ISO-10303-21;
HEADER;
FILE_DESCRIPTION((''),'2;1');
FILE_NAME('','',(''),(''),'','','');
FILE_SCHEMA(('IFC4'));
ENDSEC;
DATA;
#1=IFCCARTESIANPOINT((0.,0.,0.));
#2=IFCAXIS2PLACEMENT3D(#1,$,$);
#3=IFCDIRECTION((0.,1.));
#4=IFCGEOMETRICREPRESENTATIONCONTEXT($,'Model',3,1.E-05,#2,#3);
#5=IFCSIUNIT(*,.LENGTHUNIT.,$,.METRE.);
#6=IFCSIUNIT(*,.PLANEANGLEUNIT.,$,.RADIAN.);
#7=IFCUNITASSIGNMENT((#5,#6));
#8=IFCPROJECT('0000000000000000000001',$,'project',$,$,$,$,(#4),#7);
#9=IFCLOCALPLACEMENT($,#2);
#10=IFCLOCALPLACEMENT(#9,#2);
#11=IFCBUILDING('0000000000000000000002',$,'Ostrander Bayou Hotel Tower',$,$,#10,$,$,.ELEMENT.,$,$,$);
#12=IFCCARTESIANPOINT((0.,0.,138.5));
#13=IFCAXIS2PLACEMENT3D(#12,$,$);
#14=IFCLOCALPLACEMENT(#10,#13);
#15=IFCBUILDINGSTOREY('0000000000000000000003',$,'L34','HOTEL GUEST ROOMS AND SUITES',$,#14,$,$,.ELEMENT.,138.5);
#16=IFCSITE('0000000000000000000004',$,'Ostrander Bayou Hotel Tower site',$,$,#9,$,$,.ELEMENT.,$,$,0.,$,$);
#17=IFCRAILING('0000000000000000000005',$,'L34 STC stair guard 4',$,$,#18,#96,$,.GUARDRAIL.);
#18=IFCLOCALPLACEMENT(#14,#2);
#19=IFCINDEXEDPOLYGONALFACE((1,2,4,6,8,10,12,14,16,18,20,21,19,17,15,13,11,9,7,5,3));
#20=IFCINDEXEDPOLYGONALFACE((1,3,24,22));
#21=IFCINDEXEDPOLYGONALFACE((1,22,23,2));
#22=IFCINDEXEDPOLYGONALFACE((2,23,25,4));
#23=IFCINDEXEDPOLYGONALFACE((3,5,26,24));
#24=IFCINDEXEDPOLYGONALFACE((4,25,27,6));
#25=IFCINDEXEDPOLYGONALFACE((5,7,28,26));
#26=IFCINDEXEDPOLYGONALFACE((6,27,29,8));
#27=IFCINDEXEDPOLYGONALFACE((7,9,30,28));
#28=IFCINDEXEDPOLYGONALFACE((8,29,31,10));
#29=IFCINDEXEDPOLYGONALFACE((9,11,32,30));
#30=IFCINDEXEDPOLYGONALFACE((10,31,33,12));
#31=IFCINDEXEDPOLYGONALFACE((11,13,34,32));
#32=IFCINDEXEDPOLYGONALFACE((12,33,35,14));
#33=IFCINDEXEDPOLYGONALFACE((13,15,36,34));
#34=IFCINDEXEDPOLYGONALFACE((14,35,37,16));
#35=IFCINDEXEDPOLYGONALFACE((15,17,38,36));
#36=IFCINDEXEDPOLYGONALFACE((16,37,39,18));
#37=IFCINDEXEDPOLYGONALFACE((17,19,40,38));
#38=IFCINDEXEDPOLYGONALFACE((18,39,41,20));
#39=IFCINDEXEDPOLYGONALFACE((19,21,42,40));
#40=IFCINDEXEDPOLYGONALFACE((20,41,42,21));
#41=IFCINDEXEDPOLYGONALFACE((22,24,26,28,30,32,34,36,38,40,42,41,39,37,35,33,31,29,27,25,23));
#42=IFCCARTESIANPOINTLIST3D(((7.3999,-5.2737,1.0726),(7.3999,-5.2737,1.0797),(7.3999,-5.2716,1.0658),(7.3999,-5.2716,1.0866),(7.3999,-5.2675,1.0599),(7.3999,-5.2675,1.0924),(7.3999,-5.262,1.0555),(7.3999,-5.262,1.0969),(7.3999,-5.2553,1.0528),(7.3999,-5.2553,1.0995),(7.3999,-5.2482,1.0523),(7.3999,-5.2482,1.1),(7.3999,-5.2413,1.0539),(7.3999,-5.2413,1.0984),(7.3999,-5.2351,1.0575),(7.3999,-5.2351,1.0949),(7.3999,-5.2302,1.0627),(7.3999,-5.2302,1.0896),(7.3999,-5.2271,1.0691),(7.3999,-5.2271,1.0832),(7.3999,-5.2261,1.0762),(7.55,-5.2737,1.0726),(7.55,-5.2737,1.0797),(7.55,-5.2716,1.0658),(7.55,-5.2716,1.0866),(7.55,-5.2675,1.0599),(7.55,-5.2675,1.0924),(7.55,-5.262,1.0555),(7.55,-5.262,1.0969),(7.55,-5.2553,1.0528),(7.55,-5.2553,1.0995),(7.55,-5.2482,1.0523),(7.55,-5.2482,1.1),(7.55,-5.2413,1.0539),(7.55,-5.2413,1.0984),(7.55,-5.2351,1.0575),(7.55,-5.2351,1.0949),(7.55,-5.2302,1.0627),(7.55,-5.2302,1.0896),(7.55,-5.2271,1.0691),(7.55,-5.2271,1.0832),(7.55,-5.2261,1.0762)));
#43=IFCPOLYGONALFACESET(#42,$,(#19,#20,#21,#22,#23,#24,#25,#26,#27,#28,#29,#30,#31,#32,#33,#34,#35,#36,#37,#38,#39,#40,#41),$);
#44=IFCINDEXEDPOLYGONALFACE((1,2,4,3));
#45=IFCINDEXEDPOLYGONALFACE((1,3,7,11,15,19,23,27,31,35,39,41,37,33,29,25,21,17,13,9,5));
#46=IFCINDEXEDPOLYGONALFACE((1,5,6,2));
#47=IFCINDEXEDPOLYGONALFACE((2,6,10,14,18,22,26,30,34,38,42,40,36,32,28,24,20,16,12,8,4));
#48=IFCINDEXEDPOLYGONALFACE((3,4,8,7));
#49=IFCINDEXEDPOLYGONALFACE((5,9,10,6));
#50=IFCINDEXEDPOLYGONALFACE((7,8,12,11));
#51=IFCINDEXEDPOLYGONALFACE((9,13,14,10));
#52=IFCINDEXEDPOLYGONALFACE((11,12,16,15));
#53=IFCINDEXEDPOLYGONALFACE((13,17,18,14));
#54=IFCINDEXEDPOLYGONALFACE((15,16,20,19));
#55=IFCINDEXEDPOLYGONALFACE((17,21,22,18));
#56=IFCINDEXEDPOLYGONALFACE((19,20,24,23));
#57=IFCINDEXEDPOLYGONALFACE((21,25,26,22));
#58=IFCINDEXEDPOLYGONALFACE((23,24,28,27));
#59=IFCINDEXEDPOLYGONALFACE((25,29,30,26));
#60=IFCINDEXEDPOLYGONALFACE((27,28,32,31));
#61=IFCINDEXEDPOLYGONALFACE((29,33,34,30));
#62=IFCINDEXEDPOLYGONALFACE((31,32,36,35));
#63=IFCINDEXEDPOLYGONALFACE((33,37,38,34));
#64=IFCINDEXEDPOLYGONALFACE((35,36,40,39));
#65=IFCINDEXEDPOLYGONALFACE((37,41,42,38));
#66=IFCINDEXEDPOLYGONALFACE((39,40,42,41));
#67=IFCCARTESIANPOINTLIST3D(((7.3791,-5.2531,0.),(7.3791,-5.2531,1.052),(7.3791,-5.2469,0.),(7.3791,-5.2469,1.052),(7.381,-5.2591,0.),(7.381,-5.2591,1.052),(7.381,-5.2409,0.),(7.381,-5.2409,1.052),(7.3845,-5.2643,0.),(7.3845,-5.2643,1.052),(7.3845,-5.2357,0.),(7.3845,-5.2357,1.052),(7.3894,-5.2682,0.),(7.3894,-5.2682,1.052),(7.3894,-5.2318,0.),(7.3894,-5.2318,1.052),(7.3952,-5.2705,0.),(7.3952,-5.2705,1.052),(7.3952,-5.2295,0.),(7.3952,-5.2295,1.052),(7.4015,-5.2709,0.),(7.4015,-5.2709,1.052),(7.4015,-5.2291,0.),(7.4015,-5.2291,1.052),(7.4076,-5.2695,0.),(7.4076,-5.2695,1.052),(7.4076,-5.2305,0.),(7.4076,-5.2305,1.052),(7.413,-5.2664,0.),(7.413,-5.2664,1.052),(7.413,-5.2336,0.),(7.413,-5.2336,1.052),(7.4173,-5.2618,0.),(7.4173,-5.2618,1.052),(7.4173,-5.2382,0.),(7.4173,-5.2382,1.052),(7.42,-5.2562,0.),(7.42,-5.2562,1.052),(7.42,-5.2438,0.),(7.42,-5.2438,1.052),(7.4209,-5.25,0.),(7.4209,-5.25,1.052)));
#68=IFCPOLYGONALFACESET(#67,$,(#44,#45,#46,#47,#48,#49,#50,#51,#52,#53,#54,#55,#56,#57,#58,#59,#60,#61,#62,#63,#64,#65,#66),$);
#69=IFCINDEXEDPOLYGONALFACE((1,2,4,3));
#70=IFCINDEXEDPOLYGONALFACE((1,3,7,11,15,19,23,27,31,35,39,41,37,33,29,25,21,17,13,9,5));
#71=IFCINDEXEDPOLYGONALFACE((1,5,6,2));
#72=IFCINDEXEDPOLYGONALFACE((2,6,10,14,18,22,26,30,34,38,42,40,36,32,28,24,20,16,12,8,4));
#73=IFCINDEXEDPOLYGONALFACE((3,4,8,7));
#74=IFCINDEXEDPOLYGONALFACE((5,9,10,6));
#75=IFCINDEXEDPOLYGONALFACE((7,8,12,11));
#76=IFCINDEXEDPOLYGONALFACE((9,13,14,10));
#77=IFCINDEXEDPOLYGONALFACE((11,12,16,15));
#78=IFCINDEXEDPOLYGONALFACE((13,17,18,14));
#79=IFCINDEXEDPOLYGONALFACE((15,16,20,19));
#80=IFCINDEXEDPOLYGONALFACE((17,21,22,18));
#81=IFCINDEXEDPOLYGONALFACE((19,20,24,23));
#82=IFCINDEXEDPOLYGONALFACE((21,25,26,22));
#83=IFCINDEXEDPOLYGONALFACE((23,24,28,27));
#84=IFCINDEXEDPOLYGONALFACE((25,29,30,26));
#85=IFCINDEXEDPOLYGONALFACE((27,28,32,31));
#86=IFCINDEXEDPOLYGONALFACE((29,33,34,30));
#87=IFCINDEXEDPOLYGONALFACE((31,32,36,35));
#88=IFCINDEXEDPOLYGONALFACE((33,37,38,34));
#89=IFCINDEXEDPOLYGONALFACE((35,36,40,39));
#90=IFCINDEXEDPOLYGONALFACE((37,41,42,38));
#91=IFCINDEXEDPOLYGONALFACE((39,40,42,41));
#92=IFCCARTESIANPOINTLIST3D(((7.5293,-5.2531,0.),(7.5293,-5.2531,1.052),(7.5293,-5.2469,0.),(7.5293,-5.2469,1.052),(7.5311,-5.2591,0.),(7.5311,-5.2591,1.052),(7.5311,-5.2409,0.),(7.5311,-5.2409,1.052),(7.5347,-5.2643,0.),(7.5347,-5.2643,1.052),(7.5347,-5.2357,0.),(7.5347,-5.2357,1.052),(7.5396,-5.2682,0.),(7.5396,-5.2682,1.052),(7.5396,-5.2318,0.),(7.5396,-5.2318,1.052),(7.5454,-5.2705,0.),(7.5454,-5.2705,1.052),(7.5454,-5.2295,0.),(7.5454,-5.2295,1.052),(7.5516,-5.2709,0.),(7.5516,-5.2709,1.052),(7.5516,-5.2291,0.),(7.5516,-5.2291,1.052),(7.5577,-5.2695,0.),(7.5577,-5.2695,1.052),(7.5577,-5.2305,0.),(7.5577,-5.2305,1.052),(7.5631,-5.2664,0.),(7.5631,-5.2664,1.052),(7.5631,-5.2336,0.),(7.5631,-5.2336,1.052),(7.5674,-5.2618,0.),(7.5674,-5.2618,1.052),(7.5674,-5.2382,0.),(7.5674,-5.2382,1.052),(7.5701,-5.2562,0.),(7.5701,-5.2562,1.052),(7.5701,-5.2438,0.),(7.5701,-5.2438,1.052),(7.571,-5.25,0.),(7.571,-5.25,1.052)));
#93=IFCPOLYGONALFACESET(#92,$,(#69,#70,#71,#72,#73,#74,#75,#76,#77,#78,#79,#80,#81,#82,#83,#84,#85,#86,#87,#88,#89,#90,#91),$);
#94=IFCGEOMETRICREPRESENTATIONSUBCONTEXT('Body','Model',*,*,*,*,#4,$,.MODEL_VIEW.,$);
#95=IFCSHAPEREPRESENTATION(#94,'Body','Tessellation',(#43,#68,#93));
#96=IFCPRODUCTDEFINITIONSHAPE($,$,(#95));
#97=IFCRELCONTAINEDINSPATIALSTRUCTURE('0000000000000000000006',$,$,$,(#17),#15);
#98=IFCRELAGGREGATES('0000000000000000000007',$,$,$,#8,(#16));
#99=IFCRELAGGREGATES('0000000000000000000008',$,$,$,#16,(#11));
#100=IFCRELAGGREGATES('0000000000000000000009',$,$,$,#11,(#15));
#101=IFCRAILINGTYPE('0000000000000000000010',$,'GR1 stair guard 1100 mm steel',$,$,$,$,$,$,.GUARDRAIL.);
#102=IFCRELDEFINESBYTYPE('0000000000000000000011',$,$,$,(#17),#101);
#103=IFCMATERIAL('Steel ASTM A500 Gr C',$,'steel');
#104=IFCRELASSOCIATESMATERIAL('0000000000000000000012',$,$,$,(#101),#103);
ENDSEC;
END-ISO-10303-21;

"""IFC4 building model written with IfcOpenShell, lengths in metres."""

from ifc_helpers import new_model, si_unit, direction, frame, origin, origin_2d, place, context, subcontext, project, spatial, circle, extrude, material, type_object, element, save


model = new_model("IFC4")

# Units and contexts
model_context = context("Model", 3, precision=1e-05, world=origin(), true_north=direction((0.0, 1.0)))
body_context = subcontext(model_context, "Body", "Model", "MODEL_VIEW")
ifc_project = project(units=[si_unit("LENGTHUNIT", "METRE"), si_unit("PLANEANGLEUNIT", "RADIAN")], contexts=[model_context])

# Site, building, storey
site_placement = place(None, origin())
site = spatial("IfcSite", under=ifc_project, at=site_placement, Name="Ostrander Bayou Hotel Tower site", CompositionType="ELEMENT", RefElevation=0.0)
building_placement = place(site_placement, origin())
building = spatial("IfcBuilding", under=site, at=building_placement, Name="Ostrander Bayou Hotel Tower", CompositionType="ELEMENT")
storey_placement = place(building_placement, frame((0.0, 0.0, 138.5)))
storey = spatial("IfcBuildingStorey", under=building, at=storey_placement, Name="L34", Description="HOTEL GUEST ROOMS AND SUITES", CompositionType="ELEMENT", Elevation=138.5)

# Railing
ifc_material_1 = material(Name="Steel ASTM A500 Gr C", Category="steel")
railing_type_1 = type_object("IfcRailingType", Name="GR1 stair guard 1100 mm steel", PredefinedType="GUARDRAIL", material=ifc_material_1)
railing_1_placement = place(storey_placement, frame((7.3999, -5.25, 0.0)))
element("IfcRailing", 1, at=railing_1_placement, inside=storey, type_object=railing_type_1, Name="L34 STC stair guard 4", PredefinedType="GUARDRAIL", context=body_context, shape_type="SweptSolid", body=[
    extrude(circle(Radius=0.0239, at=origin_2d()), frame((0.0, 0.0, 1.0762), z_axis=(1.0, 0.0, 0.0), x_axis=(0.0, 1.0, 0.0)), (0.0, 0.0, 1.0), 0.1501),
    extrude(circle(Radius=0.021, at=origin_2d()), origin(), (0.0, 0.0, 1.0), 1.052),
    extrude(circle(Radius=0.021, at=origin_2d()), frame((0.1501, 0.0, 0.0)), (0.0, 0.0, 1.0), 1.052),
])

save(model, "model.ifc")
